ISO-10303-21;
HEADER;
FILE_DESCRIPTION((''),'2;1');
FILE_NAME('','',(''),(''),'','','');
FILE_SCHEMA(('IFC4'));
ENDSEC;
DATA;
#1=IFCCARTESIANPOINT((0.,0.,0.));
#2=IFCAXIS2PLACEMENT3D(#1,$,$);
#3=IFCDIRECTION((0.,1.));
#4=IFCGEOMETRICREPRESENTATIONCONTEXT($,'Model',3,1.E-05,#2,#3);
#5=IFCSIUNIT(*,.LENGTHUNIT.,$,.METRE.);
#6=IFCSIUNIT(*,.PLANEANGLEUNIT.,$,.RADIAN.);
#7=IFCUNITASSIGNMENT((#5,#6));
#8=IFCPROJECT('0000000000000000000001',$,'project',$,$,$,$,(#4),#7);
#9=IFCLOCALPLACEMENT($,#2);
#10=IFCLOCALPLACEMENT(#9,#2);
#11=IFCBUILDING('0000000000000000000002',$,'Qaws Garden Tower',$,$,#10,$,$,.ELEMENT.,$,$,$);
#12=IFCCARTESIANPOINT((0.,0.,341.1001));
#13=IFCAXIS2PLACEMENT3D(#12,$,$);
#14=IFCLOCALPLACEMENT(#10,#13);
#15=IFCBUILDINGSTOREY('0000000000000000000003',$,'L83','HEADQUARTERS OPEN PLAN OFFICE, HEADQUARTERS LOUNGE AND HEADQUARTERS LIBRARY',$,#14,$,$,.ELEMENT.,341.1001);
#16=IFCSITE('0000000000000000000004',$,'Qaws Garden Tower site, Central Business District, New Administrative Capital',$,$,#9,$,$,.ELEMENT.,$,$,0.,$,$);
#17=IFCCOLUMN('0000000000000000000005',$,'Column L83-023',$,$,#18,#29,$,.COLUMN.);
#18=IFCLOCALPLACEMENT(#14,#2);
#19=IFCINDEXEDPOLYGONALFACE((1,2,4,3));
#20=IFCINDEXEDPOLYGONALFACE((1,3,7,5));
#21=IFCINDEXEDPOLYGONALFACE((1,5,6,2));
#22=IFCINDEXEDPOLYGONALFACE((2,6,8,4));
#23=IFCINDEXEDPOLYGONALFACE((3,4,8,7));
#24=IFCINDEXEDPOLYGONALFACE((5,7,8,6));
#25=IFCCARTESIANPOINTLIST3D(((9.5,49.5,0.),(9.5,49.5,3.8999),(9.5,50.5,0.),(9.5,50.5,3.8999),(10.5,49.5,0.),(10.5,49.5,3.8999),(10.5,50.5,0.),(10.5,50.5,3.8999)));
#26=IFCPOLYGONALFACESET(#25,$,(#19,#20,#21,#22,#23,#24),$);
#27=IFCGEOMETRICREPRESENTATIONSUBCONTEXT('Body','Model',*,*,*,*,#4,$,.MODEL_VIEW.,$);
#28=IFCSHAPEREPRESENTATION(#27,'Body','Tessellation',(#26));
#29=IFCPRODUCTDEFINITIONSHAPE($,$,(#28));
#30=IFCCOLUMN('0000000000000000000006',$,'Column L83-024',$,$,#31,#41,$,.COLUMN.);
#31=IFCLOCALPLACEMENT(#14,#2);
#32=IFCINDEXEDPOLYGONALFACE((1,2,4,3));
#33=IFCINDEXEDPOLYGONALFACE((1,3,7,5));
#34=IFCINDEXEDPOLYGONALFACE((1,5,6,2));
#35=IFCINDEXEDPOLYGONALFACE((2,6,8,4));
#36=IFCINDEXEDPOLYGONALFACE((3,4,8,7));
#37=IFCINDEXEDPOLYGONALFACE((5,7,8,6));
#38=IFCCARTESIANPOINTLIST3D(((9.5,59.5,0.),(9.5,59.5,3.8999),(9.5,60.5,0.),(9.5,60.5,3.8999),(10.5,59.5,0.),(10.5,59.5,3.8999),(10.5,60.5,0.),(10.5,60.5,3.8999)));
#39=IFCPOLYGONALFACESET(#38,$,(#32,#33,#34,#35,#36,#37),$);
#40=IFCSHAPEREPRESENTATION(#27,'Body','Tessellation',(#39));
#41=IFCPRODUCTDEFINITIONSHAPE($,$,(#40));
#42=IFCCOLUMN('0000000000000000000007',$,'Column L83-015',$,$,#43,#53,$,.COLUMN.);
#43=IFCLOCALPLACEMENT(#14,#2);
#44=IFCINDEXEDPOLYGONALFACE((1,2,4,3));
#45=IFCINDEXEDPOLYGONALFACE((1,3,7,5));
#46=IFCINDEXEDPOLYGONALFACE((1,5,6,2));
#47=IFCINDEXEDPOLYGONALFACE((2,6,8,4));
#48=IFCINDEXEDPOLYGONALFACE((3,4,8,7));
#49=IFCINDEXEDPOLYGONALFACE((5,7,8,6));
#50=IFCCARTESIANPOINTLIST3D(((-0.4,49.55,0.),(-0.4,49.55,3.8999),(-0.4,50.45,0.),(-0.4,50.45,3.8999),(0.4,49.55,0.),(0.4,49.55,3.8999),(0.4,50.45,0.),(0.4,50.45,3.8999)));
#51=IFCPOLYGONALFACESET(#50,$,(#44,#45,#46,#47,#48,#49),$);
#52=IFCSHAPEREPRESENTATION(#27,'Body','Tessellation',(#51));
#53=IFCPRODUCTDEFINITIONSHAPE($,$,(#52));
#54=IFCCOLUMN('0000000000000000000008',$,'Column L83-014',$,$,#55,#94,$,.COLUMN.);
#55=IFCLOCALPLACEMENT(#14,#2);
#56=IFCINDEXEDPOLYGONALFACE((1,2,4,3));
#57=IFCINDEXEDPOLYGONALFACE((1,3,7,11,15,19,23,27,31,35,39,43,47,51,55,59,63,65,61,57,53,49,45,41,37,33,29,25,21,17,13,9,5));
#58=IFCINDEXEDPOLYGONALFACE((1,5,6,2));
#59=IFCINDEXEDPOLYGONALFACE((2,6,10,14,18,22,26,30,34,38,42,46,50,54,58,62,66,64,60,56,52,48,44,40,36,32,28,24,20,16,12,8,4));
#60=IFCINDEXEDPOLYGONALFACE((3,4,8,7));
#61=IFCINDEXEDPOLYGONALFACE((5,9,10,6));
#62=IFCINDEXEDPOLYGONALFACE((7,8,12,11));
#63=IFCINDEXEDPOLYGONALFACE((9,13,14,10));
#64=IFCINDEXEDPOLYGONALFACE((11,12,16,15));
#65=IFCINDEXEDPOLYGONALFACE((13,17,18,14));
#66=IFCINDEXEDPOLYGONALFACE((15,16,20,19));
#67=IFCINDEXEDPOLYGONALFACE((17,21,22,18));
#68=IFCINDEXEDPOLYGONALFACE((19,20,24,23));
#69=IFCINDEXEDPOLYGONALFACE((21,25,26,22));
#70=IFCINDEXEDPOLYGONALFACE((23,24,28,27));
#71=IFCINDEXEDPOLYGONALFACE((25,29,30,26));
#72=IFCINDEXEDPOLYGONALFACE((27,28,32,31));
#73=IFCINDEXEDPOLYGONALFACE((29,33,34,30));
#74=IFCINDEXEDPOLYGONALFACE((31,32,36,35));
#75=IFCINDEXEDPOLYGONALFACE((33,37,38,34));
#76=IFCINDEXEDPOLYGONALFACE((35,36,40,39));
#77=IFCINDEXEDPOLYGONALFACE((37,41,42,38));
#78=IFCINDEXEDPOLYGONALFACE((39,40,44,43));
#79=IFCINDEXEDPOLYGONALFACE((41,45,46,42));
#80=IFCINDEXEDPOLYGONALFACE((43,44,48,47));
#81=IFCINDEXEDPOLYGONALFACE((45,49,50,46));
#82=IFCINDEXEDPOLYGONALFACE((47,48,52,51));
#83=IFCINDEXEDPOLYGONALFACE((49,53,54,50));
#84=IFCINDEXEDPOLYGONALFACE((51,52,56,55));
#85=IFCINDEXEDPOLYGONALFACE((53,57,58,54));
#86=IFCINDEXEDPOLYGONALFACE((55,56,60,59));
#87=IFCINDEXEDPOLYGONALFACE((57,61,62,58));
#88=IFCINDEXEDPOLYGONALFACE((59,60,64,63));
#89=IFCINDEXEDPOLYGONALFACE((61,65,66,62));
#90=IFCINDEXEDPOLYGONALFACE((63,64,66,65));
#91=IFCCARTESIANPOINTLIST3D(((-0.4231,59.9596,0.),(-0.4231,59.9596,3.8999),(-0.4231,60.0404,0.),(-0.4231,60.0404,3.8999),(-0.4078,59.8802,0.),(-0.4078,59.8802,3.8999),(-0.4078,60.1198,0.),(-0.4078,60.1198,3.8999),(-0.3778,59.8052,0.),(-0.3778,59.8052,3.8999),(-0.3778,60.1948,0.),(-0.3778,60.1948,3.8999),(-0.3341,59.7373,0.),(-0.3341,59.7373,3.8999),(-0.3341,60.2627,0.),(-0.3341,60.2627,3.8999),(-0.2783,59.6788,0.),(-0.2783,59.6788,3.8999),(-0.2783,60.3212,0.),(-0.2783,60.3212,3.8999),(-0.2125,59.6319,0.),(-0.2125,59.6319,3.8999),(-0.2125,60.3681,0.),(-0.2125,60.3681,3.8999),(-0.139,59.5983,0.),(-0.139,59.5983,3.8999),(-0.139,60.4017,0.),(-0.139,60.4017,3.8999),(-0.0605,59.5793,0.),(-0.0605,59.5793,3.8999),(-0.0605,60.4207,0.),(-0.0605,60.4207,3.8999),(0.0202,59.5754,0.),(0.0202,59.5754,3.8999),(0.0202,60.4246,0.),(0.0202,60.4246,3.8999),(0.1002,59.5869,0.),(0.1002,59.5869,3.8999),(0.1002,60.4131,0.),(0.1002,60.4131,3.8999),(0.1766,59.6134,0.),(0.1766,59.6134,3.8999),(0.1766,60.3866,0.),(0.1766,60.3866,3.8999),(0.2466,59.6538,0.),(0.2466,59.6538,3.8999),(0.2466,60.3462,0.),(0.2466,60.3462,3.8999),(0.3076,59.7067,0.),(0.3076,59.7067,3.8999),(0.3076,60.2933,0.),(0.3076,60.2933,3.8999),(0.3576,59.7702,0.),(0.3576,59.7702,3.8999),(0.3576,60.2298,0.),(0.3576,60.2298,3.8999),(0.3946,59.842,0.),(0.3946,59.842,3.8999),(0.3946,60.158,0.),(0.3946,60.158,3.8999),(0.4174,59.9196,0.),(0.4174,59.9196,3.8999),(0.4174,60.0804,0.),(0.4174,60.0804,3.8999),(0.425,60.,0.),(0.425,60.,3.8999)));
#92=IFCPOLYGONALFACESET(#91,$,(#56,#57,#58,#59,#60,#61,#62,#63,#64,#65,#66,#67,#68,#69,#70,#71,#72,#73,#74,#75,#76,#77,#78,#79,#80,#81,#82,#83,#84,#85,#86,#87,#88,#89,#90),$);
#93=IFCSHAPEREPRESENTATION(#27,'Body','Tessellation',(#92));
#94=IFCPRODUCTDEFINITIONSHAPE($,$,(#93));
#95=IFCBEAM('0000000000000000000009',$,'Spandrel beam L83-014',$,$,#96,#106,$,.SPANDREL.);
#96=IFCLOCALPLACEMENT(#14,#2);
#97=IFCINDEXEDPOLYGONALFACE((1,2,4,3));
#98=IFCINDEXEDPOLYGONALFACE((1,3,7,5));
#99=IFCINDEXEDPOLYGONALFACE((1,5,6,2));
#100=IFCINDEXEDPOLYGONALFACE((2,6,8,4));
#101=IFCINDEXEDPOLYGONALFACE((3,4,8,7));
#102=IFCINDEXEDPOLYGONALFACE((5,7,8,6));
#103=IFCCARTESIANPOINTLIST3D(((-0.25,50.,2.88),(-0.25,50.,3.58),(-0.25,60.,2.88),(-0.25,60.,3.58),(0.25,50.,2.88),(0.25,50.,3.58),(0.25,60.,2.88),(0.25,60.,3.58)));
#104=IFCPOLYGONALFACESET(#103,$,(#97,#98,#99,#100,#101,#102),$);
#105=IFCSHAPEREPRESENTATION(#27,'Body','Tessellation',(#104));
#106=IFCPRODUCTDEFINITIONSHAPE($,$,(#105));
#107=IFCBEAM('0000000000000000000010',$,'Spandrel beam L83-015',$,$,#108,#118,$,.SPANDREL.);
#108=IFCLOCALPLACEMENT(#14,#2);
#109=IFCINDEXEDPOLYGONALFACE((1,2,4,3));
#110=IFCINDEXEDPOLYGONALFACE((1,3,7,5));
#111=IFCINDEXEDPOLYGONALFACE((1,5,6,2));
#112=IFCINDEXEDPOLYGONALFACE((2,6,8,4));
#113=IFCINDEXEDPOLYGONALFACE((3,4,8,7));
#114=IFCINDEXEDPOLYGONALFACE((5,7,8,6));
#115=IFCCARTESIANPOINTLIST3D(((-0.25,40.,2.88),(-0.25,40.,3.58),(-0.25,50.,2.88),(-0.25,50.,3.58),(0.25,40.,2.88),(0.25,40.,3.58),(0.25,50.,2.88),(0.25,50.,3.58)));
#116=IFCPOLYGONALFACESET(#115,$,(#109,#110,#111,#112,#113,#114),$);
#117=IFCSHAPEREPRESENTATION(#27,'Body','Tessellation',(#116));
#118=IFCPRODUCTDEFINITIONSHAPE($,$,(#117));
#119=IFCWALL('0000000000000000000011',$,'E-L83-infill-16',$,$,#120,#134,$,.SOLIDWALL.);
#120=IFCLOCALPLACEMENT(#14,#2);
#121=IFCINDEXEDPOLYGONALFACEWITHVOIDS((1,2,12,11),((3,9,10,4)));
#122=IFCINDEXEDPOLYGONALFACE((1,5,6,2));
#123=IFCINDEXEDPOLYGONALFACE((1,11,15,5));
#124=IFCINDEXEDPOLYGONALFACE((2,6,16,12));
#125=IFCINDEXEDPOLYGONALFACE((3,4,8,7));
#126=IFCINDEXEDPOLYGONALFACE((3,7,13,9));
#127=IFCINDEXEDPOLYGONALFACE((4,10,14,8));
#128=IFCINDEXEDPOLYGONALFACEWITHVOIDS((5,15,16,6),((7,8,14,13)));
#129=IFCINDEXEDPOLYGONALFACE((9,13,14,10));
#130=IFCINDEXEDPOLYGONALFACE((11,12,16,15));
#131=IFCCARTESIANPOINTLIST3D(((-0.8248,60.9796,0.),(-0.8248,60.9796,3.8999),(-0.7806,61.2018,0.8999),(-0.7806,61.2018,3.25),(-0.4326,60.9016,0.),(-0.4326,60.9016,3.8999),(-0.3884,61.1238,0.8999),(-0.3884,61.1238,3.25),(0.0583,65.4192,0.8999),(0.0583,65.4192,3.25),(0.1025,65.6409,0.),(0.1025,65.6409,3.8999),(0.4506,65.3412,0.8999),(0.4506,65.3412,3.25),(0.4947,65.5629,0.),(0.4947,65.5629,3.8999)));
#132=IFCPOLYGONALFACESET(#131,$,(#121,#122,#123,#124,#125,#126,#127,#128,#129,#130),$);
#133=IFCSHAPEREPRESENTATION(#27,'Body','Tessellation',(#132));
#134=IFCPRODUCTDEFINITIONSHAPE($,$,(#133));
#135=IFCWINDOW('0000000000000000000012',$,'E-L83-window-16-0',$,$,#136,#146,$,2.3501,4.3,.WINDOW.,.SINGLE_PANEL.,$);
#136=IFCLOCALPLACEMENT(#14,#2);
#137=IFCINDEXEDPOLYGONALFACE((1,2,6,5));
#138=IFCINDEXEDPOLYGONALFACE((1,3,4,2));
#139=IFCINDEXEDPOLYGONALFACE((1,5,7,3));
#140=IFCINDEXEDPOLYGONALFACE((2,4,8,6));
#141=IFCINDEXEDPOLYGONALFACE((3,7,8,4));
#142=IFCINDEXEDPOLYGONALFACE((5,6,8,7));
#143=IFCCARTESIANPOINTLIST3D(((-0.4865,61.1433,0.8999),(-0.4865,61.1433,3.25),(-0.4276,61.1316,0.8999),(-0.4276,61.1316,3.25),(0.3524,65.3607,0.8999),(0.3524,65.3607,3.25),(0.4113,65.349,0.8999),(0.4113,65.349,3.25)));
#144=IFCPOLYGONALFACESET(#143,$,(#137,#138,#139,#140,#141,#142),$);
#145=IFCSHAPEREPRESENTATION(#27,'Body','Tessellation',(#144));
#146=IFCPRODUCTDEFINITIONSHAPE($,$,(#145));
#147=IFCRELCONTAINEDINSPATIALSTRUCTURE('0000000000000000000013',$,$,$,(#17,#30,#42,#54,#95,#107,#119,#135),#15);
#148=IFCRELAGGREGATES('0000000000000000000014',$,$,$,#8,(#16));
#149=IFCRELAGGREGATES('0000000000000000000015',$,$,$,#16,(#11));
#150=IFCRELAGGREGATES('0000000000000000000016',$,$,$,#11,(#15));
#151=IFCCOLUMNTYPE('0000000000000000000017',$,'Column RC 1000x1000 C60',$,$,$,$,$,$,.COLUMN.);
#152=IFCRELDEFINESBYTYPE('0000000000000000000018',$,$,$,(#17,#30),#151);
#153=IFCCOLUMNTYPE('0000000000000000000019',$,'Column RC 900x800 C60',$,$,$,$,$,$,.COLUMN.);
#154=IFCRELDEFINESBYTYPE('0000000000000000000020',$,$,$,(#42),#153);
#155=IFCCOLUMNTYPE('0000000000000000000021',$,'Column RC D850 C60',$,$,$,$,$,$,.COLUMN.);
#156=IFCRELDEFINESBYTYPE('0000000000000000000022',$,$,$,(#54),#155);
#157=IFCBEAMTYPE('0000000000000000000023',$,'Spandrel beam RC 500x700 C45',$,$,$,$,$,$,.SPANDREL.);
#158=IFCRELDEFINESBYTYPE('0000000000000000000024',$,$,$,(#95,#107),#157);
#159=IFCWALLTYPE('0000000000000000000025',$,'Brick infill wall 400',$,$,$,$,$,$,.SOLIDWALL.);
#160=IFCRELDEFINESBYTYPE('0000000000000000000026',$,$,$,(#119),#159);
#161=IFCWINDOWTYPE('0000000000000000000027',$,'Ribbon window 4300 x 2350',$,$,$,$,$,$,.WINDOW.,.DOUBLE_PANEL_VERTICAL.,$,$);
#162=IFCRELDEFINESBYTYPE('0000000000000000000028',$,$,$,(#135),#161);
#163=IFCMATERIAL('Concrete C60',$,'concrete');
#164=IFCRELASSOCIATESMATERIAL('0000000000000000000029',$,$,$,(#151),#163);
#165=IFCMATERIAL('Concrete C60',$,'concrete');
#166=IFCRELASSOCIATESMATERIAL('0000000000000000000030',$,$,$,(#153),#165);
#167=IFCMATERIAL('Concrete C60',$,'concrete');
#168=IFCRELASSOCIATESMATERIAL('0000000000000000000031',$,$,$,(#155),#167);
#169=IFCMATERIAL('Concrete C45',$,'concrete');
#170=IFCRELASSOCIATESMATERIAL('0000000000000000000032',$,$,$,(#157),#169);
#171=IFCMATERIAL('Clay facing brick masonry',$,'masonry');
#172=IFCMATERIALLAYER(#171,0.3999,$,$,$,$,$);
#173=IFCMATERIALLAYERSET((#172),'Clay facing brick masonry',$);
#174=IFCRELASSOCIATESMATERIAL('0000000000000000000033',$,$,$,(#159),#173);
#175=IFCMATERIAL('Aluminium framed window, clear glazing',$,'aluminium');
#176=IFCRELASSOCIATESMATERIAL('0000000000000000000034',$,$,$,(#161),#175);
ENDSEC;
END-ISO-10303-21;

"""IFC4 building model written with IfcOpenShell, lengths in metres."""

from ifc_helpers import new_model, si_unit, direction, frame, frame_2d, origin, origin_2d, place, context, subcontext, project, spatial, rectangle, circle, extrude, material, layer, layer_set, material_profile, profile_set, type_object, element, fill, save


model = new_model("IFC4")

# Units and contexts
model_context = context("Model", 3, precision=1e-05, world=origin(), true_north=direction((0.0, 1.0)))
body_context = subcontext(model_context, "Body", "Model", "MODEL_VIEW")
ifc_project = project(units=[si_unit("LENGTHUNIT", "METRE"), si_unit("PLANEANGLEUNIT", "RADIAN")], contexts=[model_context])

# Site, building, storey
site_placement = place(None, origin())
site = spatial("IfcSite", under=ifc_project, at=site_placement, Name="Qaws Garden Tower site, Central Business District, New Administrative Capital", CompositionType="ELEMENT", RefElevation=0.0)
building_placement = place(site_placement, origin())
building = spatial("IfcBuilding", under=site, at=building_placement, Name="Qaws Garden Tower", CompositionType="ELEMENT")
storey_placement = place(building_placement, frame((0.0, 0.0, 341.1001)))
storey = spatial("IfcBuildingStorey", under=building, at=storey_placement, Name="L83", Description="HEADQUARTERS OPEN PLAN OFFICE, HEADQUARTERS LOUNGE AND HEADQUARTERS LIBRARY", CompositionType="ELEMENT", Elevation=341.1001)

# Columns
ifc_material_1 = material(Name="Concrete C60", Category="concrete")
ifc_material_profile_1 = material_profile(ifc_material_1, rectangle(XDim=1.0, YDim=1.0, at=origin_2d()), Name="RC 1000x1000")
ifc_profile_set_1 = profile_set([ifc_material_profile_1], Name="Concrete C60")
column_type_1 = type_object("IfcColumnType", Name="Column RC 1000x1000 C60", PredefinedType="COLUMN", material=ifc_profile_set_1)
for number, where, z_axis, x_axis, name in (
    (1, (10.0, 50.0, 0.0), (0.0, 0.0, 1.0), (1.0, 0.0, 0.0), "Column L83-023"),
    (2, (10.0, 60.0, 0.0), (0.0, 0.0, 1.0), (1.0, 0.0, 0.0), "Column L83-024"),
):
    element("IfcColumn", number, at=place(storey_placement, frame(where, z_axis=z_axis, x_axis=x_axis)), inside=storey, type_object=column_type_1, Name=name, PredefinedType="COLUMN", context=body_context, shape_type="SweptSolid", body=[
        extrude(rectangle(XDim=1.0, YDim=1.0, at=origin_2d()), origin(), (0.0, 0.0, 1.0), 3.8999),
    ])
ifc_material_2 = material(Name="Concrete C60", Category="concrete")
ifc_material_profile_2 = material_profile(ifc_material_2, rectangle(XDim=0.8999, YDim=0.8, at=origin_2d()), Name="RC 900x800")
ifc_profile_set_2 = profile_set([ifc_material_profile_2], Name="Concrete C60")
column_type_2 = type_object("IfcColumnType", Name="Column RC 900x800 C60", PredefinedType="COLUMN", material=ifc_profile_set_2)
column_1_placement = place(storey_placement, frame((0.0, 50.0, 0.0), z_axis=(0.0, 0.0, 1.0), x_axis=(0.0, 1.0, 0.0)))
element("IfcColumn", 3, at=column_1_placement, inside=storey, type_object=column_type_2, Name="Column L83-015", PredefinedType="COLUMN", context=body_context, shape_type="SweptSolid", body=[
    extrude(rectangle(XDim=0.8999, YDim=0.8, at=origin_2d()), origin(), (0.0, 0.0, 1.0), 3.8999),
])
ifc_material_3 = material(Name="Concrete C60", Category="concrete")
ifc_material_profile_3 = material_profile(ifc_material_3, circle(Radius=0.425, at=origin_2d()), Name="RC D850")
ifc_profile_set_3 = profile_set([ifc_material_profile_3], Name="Concrete C60")
column_type_3 = type_object("IfcColumnType", Name="Column RC D850 C60", PredefinedType="COLUMN", material=ifc_profile_set_3)
column_2_placement = place(storey_placement, frame((0.0, 60.0, 0.0), z_axis=(0.0, 0.0, 1.0), x_axis=(1.0, 0.0, 0.0)))
element("IfcColumn", 4, at=column_2_placement, inside=storey, type_object=column_type_3, Name="Column L83-014", PredefinedType="COLUMN", context=body_context, shape_type="SweptSolid", body=[
    extrude(circle(Radius=0.425, at=origin_2d()), origin(), (0.0, 0.0, 1.0), 3.8999),
])

# Beams
ifc_material_4 = material(Name="Concrete C45", Category="concrete")
ifc_material_profile_4 = material_profile(ifc_material_4, rectangle(XDim=0.5, YDim=0.7, at=origin_2d()), Name="RC 500x700")
ifc_profile_set_4 = profile_set([ifc_material_profile_4], Name="Concrete C45")
beam_type = type_object("IfcBeamType", Name="Spandrel beam RC 500x700 C45", PredefinedType="SPANDREL", material=ifc_profile_set_4)
for number, where, z_axis, x_axis, name in (
    (5, (0.0, 60.0, 3.23), (0.0, -1.0, 0.0), (1.0, 0.0, 0.0), "Spandrel beam L83-014"),
    (6, (0.0, 50.0, 3.23), (0.0, -1.0, 0.0), (1.0, 0.0, 0.0), "Spandrel beam L83-015"),
):
    element("IfcBeam", number, at=place(storey_placement, frame(where, z_axis=z_axis, x_axis=x_axis)), inside=storey, type_object=beam_type, Name=name, PredefinedType="SPANDREL", context=body_context, shape_type="SweptSolid", body=[
        extrude(rectangle(XDim=0.5, YDim=0.7, at=origin_2d()), origin(), (0.0, 0.0, 1.0), 10.0),
    ])

# Wall, opening, window
ifc_material_5 = material(Name="Clay facing brick masonry", Category="masonry")
ifc_layer_1 = layer(ifc_material_5, 0.3999)
ifc_layer_set_1 = layer_set([ifc_layer_1], Name="Clay facing brick masonry")
wall_type_1 = type_object("IfcWallType", Name="Brick infill wall 400", PredefinedType="SOLIDWALL", material=ifc_layer_set_1)
wall_1_placement = place(storey_placement, frame((0.2986, 65.6021, 0.0), z_axis=(0.0, 0.0, 1.0), x_axis=(-0.195099, -0.980784, 0.0)))
wall_1 = element("IfcWall", 7, at=wall_1_placement, inside=storey, type_object=wall_type_1, Name="E-L83-infill-16", PredefinedType="SOLIDWALL", context=body_context, shape_type="SweptSolid", body=[
    extrude(rectangle(XDim=4.7527, YDim=0.3999, at=frame_2d((2.3765, 0.0))), origin(), (0.0, 0.0, 1.0), 3.8999),
])
opening_1_placement = place(wall_1_placement, frame((0.2263, 0.0, 0.8999)))
opening_1 = element("IfcOpeningElement", 8, at=opening_1_placement, cuts=wall_1, PredefinedType="OPENING", context=body_context, shape_type="SweptSolid", body=[
    extrude(rectangle(XDim=4.3, YDim=2.3501, at=frame_2d((2.1499, 1.175))), frame((0.0, 0.21, 0.0), z_axis=(0.0, -1.0, 0.0), x_axis=(1.0, 0.0, 0.0)), (0.0, 0.0, 1.0), 0.4199),
])
ifc_material_6 = material(Name="Aluminium framed window, clear glazing", Category="aluminium")
window_type_1 = type_object("IfcWindowType", Name="Ribbon window 4300 x 2350", PartitioningType="DOUBLE_PANEL_VERTICAL", PredefinedType="WINDOW", material=ifc_material_6)
window_1_placement = place(opening_1_placement, origin())
window_1 = element("IfcWindow", 9, at=window_1_placement, inside=storey, type_object=window_type_1, Name="E-L83-window-16-0", OverallHeight=2.3501, OverallWidth=4.3, PartitioningType="SINGLE_PANEL", PredefinedType="WINDOW", context=body_context, shape_type="SweptSolid", body=[
    extrude(rectangle(XDim=4.3, YDim=2.3501, at=frame_2d((2.1499, 1.175))), frame((0.0, 0.1599, 0.0), z_axis=(0.0, -1.0, 0.0), x_axis=(1.0, 0.0, 0.0)), (0.0, 0.0, 1.0), 0.0601),
])
fill(opening_1, window_1)

save(model, "model.ifc")
